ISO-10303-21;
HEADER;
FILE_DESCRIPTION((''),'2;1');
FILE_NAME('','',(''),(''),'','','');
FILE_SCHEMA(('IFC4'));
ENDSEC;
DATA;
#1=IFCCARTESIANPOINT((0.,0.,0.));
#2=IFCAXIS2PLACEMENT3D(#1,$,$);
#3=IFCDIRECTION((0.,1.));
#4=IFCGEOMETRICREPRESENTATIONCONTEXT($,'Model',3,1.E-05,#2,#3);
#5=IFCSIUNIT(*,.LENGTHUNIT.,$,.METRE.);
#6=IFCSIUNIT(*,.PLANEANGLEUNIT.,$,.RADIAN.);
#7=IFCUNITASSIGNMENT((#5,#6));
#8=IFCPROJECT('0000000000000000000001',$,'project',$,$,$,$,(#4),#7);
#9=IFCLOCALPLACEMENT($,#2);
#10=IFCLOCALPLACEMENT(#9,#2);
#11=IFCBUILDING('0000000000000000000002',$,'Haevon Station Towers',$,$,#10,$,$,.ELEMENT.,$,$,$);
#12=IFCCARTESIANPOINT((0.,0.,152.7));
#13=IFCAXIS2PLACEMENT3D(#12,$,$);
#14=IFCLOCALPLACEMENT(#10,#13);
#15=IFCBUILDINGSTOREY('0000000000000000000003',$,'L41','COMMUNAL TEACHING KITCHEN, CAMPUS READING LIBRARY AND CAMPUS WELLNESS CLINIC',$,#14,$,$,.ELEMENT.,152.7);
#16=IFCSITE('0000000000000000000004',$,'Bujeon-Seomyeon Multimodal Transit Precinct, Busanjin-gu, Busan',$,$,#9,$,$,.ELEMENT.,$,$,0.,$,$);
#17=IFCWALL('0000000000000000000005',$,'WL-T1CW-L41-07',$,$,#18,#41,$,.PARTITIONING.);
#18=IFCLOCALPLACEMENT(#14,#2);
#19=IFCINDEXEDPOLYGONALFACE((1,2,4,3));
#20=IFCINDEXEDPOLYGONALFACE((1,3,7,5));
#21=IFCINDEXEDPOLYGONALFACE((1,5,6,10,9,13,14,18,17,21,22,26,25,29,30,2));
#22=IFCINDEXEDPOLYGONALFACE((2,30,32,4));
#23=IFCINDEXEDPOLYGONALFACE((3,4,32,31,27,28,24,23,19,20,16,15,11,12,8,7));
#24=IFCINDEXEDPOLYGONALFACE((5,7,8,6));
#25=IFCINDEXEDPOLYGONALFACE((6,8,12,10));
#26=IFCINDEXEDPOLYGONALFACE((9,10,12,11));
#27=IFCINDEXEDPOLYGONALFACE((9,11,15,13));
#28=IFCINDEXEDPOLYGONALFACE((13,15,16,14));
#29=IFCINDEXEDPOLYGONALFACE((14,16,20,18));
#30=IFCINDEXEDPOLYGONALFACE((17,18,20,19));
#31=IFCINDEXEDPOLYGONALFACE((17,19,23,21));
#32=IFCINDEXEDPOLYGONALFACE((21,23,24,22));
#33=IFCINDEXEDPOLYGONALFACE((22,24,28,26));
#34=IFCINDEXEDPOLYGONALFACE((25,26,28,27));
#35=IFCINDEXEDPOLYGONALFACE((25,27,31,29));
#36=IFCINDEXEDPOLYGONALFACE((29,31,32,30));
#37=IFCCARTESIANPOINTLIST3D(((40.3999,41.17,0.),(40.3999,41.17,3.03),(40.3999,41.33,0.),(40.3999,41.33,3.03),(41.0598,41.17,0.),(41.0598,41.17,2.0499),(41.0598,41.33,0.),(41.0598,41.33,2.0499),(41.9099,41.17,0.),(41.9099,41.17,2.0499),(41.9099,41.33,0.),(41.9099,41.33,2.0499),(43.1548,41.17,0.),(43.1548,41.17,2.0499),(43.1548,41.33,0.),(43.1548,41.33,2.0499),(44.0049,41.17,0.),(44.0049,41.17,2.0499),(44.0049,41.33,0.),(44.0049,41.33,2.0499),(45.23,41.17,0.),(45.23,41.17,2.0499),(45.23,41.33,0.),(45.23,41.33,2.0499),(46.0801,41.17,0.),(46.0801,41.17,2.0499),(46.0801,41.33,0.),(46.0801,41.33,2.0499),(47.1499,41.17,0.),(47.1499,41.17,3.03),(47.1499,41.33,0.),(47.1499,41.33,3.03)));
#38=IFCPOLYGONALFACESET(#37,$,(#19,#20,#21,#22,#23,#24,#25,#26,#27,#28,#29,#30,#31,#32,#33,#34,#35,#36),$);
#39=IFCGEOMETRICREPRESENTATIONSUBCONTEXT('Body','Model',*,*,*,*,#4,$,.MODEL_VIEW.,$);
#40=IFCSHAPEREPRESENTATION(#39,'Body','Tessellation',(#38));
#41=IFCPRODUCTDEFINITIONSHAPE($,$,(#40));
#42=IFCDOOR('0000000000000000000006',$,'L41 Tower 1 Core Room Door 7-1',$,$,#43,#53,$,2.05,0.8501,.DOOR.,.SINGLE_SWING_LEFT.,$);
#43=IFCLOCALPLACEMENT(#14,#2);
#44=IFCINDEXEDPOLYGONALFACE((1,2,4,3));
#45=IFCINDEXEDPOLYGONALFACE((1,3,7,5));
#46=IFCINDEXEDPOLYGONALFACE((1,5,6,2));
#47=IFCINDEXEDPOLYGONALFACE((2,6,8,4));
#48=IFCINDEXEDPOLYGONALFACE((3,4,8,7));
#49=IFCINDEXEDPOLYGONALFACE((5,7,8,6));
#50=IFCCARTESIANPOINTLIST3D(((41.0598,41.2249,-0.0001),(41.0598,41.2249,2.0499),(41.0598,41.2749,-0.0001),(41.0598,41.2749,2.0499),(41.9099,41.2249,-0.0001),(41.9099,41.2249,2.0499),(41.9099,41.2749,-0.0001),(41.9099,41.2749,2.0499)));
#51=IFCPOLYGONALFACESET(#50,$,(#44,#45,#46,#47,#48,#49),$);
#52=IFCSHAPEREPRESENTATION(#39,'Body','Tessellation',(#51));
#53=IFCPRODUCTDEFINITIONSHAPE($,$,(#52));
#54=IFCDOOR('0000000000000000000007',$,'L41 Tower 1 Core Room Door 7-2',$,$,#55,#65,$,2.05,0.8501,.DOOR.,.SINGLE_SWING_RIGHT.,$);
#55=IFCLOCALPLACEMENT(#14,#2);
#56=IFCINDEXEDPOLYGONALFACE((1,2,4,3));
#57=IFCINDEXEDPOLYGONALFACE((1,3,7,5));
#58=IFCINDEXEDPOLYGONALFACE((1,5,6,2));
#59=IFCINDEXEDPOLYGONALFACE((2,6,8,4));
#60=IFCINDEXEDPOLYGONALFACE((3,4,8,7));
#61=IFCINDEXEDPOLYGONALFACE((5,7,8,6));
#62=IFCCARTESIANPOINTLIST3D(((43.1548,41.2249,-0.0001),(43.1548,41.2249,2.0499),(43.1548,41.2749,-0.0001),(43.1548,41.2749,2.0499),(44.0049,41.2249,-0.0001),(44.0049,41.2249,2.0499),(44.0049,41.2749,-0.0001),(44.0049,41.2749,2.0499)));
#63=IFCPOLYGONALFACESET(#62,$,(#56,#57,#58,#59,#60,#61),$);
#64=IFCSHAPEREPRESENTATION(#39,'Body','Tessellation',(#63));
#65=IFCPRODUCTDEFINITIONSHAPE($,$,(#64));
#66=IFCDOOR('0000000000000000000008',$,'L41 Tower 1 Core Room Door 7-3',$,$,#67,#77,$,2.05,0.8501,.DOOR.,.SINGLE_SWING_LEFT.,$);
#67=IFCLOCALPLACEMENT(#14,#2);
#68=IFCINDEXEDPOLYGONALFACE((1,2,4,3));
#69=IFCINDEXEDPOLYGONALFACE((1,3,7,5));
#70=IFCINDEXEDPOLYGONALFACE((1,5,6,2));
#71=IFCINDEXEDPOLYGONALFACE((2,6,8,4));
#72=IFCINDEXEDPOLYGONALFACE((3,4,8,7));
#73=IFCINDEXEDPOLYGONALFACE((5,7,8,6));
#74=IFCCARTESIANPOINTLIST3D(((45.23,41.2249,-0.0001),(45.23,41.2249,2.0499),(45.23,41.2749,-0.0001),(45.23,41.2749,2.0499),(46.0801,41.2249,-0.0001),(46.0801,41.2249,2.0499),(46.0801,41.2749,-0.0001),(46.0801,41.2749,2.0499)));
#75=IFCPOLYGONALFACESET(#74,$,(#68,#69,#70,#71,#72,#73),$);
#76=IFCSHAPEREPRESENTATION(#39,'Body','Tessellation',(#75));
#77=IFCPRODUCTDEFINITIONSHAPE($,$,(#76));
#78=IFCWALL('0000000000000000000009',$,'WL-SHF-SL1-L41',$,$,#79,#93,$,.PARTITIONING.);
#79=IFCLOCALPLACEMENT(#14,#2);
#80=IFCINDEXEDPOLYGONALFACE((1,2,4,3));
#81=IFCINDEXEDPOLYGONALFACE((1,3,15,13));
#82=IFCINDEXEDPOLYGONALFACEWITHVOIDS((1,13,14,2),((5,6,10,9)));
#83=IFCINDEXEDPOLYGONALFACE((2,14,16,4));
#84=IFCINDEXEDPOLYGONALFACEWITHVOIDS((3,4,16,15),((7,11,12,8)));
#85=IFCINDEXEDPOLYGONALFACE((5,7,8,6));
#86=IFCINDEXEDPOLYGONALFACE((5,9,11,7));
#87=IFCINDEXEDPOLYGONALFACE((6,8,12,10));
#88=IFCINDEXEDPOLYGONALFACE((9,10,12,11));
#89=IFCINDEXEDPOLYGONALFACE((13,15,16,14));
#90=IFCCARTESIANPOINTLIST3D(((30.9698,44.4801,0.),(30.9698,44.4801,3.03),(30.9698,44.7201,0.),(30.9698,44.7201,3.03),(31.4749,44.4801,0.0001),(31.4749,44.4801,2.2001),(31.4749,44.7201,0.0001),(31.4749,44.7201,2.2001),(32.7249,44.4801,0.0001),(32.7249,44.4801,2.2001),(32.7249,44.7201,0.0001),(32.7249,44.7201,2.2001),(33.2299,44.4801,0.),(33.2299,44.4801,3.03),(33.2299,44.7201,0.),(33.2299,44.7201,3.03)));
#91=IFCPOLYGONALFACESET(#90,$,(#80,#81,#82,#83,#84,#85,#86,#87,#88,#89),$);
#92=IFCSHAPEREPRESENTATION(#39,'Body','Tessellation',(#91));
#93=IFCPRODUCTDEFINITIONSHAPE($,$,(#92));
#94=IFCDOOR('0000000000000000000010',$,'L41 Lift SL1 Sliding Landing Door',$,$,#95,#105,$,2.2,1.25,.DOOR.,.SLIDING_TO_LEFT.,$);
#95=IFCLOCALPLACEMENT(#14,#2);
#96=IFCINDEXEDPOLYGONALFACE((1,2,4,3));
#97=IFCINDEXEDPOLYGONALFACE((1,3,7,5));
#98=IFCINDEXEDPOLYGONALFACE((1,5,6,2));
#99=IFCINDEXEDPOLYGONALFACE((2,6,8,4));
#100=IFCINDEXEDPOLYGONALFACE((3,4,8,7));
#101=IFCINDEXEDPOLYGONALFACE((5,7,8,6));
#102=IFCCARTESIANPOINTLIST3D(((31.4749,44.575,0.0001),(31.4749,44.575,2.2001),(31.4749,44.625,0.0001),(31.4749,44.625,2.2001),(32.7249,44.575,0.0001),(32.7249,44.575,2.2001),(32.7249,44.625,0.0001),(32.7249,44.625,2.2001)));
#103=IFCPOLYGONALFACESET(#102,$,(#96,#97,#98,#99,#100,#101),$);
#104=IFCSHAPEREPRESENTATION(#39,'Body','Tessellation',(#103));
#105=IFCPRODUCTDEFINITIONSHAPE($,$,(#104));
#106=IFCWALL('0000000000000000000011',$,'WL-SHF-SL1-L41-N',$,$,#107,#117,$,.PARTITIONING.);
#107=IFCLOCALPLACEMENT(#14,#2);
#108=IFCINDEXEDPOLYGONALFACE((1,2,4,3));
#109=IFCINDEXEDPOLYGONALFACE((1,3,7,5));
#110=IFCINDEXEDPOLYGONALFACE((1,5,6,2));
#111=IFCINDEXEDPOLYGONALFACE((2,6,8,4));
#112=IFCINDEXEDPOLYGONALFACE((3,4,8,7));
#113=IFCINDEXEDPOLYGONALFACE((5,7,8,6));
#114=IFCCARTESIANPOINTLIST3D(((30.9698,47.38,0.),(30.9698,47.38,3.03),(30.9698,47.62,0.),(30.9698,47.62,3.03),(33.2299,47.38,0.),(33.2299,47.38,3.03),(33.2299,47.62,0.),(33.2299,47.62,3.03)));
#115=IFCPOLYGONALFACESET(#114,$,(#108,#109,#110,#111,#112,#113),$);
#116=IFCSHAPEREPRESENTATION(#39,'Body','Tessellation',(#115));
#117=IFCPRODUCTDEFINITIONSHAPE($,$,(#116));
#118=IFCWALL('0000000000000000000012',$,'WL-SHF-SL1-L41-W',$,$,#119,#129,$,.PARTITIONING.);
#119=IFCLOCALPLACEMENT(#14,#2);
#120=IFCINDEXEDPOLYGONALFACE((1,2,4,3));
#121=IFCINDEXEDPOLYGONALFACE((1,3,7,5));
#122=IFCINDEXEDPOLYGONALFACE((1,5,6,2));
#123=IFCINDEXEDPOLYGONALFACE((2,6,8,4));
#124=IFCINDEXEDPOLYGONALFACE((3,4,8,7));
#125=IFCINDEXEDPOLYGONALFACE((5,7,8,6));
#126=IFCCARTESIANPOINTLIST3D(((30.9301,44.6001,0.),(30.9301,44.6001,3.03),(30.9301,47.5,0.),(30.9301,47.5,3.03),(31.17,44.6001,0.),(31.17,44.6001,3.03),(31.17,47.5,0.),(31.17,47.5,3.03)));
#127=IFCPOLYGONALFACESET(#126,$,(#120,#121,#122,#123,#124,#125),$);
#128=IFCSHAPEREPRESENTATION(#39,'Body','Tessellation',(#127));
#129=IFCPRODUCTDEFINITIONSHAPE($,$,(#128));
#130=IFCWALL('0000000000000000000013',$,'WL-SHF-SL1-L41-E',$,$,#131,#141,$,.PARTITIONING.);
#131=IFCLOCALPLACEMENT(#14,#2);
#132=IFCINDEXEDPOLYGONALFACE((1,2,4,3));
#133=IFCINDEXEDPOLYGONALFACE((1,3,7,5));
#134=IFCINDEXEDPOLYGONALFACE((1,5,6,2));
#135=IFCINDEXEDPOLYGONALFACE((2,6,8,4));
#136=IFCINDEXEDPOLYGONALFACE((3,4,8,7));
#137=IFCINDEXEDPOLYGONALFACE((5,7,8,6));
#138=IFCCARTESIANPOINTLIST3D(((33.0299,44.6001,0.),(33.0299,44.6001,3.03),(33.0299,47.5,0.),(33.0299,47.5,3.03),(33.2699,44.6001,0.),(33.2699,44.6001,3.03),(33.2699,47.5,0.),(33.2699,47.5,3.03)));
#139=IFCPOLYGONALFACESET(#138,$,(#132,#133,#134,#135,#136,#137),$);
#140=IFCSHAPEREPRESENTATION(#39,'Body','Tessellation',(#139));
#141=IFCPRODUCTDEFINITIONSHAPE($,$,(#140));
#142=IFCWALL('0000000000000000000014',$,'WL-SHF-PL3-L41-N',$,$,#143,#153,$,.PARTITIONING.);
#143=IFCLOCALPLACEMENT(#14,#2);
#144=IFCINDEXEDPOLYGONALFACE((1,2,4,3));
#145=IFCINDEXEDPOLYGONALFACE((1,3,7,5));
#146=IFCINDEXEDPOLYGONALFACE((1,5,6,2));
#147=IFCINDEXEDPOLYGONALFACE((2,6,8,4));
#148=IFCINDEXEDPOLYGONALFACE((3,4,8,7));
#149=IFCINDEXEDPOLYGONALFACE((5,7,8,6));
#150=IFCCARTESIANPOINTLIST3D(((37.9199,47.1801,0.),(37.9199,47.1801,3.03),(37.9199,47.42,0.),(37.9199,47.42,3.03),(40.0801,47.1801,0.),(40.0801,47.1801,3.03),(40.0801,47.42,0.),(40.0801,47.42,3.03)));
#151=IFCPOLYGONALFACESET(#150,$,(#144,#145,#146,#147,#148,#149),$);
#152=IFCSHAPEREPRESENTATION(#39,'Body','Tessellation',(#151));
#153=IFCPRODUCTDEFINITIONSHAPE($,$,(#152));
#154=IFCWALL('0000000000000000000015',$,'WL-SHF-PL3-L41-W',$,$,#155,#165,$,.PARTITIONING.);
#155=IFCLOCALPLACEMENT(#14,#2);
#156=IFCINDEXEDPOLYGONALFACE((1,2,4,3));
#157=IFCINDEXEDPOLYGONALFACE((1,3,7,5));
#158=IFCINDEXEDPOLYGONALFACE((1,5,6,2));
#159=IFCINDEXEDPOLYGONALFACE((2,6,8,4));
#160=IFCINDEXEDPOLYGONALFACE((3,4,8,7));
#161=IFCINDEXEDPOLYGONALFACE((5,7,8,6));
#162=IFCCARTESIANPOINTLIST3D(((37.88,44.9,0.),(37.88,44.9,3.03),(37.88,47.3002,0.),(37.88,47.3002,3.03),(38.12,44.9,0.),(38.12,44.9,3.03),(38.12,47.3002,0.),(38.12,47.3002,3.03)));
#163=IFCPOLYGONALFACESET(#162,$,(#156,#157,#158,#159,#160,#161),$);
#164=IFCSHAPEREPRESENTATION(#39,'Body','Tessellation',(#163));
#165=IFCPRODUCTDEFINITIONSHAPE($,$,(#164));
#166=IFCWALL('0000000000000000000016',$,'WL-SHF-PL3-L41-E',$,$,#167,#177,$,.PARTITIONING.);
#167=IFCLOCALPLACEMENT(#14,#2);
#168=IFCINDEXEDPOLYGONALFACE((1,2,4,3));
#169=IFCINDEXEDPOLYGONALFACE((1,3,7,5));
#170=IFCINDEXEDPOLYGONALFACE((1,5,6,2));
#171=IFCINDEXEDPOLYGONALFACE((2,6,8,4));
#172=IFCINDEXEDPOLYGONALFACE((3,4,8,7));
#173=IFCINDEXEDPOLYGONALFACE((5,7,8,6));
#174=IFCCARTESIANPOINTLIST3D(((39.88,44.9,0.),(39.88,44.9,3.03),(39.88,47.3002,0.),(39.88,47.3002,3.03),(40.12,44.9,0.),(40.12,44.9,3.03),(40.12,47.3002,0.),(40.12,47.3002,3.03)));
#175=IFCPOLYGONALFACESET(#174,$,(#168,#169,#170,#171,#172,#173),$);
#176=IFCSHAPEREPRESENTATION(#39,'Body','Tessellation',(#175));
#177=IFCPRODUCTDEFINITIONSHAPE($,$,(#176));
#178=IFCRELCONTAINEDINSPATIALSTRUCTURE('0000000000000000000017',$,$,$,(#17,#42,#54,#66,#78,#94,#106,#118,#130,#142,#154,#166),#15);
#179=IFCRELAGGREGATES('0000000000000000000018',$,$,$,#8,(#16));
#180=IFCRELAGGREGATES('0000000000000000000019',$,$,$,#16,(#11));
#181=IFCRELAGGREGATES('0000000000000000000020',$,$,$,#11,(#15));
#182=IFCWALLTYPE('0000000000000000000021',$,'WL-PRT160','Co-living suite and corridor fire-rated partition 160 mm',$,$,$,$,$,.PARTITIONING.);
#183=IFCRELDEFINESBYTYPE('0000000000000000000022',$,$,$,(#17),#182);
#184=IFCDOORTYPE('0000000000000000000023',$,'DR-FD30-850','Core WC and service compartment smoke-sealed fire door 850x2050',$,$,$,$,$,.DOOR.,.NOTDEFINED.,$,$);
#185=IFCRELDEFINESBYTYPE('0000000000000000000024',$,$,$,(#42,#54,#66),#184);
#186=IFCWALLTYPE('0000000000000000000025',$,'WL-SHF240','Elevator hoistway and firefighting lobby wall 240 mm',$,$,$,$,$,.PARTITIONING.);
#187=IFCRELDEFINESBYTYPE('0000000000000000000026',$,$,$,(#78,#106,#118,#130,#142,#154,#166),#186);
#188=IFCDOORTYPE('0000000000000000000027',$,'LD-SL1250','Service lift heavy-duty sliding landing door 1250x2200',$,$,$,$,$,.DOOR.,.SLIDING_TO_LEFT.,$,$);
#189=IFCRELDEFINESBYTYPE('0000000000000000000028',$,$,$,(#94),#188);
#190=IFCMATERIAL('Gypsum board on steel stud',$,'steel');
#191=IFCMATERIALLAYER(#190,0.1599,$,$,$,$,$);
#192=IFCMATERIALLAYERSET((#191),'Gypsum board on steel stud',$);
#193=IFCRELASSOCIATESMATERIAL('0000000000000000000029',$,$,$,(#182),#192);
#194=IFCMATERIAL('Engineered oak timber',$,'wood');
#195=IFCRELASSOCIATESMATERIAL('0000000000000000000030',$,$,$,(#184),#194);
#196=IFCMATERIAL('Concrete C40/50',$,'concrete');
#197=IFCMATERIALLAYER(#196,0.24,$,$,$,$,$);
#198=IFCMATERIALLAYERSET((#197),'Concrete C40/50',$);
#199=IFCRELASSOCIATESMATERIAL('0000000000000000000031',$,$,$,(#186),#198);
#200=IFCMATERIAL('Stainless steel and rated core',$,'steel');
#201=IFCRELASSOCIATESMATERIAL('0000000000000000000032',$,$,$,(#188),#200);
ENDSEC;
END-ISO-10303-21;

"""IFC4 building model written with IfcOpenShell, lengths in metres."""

from ifc_helpers import new_model, si_unit, direction, frame, frame_2d, origin, place, context, subcontext, project, spatial, rectangle, extrude, material, layer, layer_set, type_object, element, fill, save


model = new_model("IFC4")

# Units and contexts
model_context = context("Model", 3, precision=1e-05, world=origin(), true_north=direction((0.0, 1.0)))
body_context = subcontext(model_context, "Body", "Model", "MODEL_VIEW")
ifc_project = project(units=[si_unit("LENGTHUNIT", "METRE"), si_unit("PLANEANGLEUNIT", "RADIAN")], contexts=[model_context])

# Site, building, storey
site_placement = place(None, origin())
site = spatial("IfcSite", under=ifc_project, at=site_placement, Name="Bujeon-Seomyeon Multimodal Transit Precinct, Busanjin-gu, Busan", CompositionType="ELEMENT", RefElevation=0.0)
building_placement = place(site_placement, origin())
building = spatial("IfcBuilding", under=site, at=building_placement, Name="Haevon Station Towers", CompositionType="ELEMENT")
storey_placement = place(building_placement, frame((0.0, 0.0, 152.7)))
storey = spatial("IfcBuildingStorey", under=building, at=storey_placement, Name="L41", Description="COMMUNAL TEACHING KITCHEN, CAMPUS READING LIBRARY AND CAMPUS WELLNESS CLINIC", CompositionType="ELEMENT", Elevation=152.7)

# Shared definitions
ifc_material_1 = material(Name="Gypsum board on steel stud", Category="steel")
ifc_layer_1 = layer(ifc_material_1, 0.1599)
ifc_layer_set_1 = layer_set([ifc_layer_1], Name="Gypsum board on steel stud")
wall_type_1 = type_object("IfcWallType", Name="WL-PRT160", Description="Co-living suite and corridor fire-rated partition 160 mm", PredefinedType="PARTITIONING", material=ifc_layer_set_1)
ifc_material_2 = material(Name="Engineered oak timber", Category="wood")

# Wall, openings, doors
wall_1_placement = place(storey_placement, frame((40.3999, 41.25, 0.0), z_axis=(0.0, 0.0, 1.0), x_axis=(1.0, 0.0, 0.0)))
wall_1 = element("IfcWall", 1, at=wall_1_placement, inside=storey, type_object=wall_type_1, Name="WL-T1CW-L41-07", PredefinedType="PARTITIONING", context=body_context, shape_type="SweptSolid", body=[
    extrude(rectangle(XDim=6.75, YDim=0.1599, at=frame_2d((3.375, 0.0))), origin(), (0.0, 0.0, 1.0), 3.03),
])
opening_1_placement = place(wall_1_placement, frame((0.6599, 0.0, 0.0)))
opening_1 = element("IfcOpeningElement", 2, at=opening_1_placement, cuts=wall_1, PredefinedType="OPENING", context=body_context, shape_type="SweptSolid", body=[
    extrude(rectangle(XDim=0.8501, YDim=2.05, at=frame_2d((0.425, 1.0249))), frame((0.0, 0.0898, 0.0), z_axis=(0.0, -1.0, 0.0), x_axis=(1.0, 0.0, 0.0)), (0.0, 0.0, 1.0), 0.1799),
])
opening_2_placement = place(wall_1_placement, frame((2.7549, 0.0, 0.0)))
opening_2 = element("IfcOpeningElement", 3, at=opening_2_placement, cuts=wall_1, PredefinedType="OPENING", context=body_context, shape_type="SweptSolid", body=[
    extrude(rectangle(XDim=0.8501, YDim=2.05, at=frame_2d((0.425, 1.0249))), frame((0.0, 0.0898, 0.0), z_axis=(0.0, -1.0, 0.0), x_axis=(1.0, 0.0, 0.0)), (0.0, 0.0, 1.0), 0.1799),
])
opening_3_placement = place(wall_1_placement, frame((4.8301, 0.0, 0.0)))
opening_3 = element("IfcOpeningElement", 4, at=opening_3_placement, cuts=wall_1, PredefinedType="OPENING", context=body_context, shape_type="SweptSolid", body=[
    extrude(rectangle(XDim=0.8501, YDim=2.05, at=frame_2d((0.425, 1.0249))), frame((0.0, 0.0898, 0.0), z_axis=(0.0, -1.0, 0.0), x_axis=(1.0, 0.0, 0.0)), (0.0, 0.0, 1.0), 0.1799),
])
door_type_1 = type_object("IfcDoorType", Name="DR-FD30-850", Description="Core WC and service compartment smoke-sealed fire door 850x2050", OperationType="NOTDEFINED", PredefinedType="DOOR", material=ifc_material_2)
door_1_placement = place(opening_1_placement, origin())
door_1 = element("IfcDoor", 5, at=door_1_placement, inside=storey, type_object=door_type_1, Name="L41 Tower 1 Core Room Door 7-1", OperationType="SINGLE_SWING_LEFT", OverallHeight=2.05, OverallWidth=0.8501, PredefinedType="DOOR", context=body_context, shape_type="SweptSolid", body=[
    extrude(rectangle(XDim=0.8501, YDim=2.05, at=frame_2d((0.425, 1.0249))), frame((0.0, 0.0249, 0.0), z_axis=(0.0, -1.0, 0.0), x_axis=(1.0, 0.0, 0.0)), (0.0, 0.0, 1.0), 0.05),
])
fill(opening_1, door_1)
door_2_placement = place(opening_2_placement, origin())
door_2 = element("IfcDoor", 6, at=door_2_placement, inside=storey, type_object=door_type_1, Name="L41 Tower 1 Core Room Door 7-2", OperationType="SINGLE_SWING_RIGHT", OverallHeight=2.05, OverallWidth=0.8501, PredefinedType="DOOR", context=body_context, shape_type="SweptSolid", body=[
    extrude(rectangle(XDim=0.8501, YDim=2.05, at=frame_2d((0.425, 1.0249))), frame((0.0, 0.0249, 0.0), z_axis=(0.0, -1.0, 0.0), x_axis=(1.0, 0.0, 0.0)), (0.0, 0.0, 1.0), 0.05),
])
fill(opening_2, door_2)
door_3_placement = place(opening_3_placement, origin())
door_3 = element("IfcDoor", 7, at=door_3_placement, inside=storey, type_object=door_type_1, Name="L41 Tower 1 Core Room Door 7-3", OperationType="SINGLE_SWING_LEFT", OverallHeight=2.05, OverallWidth=0.8501, PredefinedType="DOOR", context=body_context, shape_type="SweptSolid", body=[
    extrude(rectangle(XDim=0.8501, YDim=2.05, at=frame_2d((0.425, 1.0249))), frame((0.0, 0.0249, 0.0), z_axis=(0.0, -1.0, 0.0), x_axis=(1.0, 0.0, 0.0)), (0.0, 0.0, 1.0), 0.05),
])
fill(opening_3, door_3)

# Wall, opening, door
ifc_material_3 = material(Name="Concrete C40/50", Category="concrete")
ifc_layer_2 = layer(ifc_material_3, 0.24)
ifc_layer_set_2 = layer_set([ifc_layer_2], Name="Concrete C40/50")
wall_type_2 = type_object("IfcWallType", Name="WL-SHF240", Description="Elevator hoistway and firefighting lobby wall 240 mm", PredefinedType="PARTITIONING", material=ifc_layer_set_2)
wall_2_placement = place(storey_placement, frame((30.97, 44.6001, 0.0), z_axis=(0.0, 0.0, 1.0), x_axis=(1.0, 0.0, 0.0)))
wall_2 = element("IfcWall", 8, at=wall_2_placement, inside=storey, type_object=wall_type_2, Name="WL-SHF-SL1-L41", PredefinedType="PARTITIONING", context=body_context, shape_type="SweptSolid", body=[
    extrude(rectangle(XDim=2.26, YDim=0.24, at=frame_2d((1.1299, 0.0))), origin(), (0.0, 0.0, 1.0), 3.03),
])
opening_4_placement = place(wall_2_placement, frame((0.5049, 0.0, 0.0)))
opening_4 = element("IfcOpeningElement", 9, at=opening_4_placement, cuts=wall_2, PredefinedType="OPENING", context=body_context, shape_type="SweptSolid", body=[
    extrude(rectangle(XDim=1.25, YDim=2.2, at=frame_2d((0.625, 1.1001))), frame((0.0, 0.1299, 0.0), z_axis=(0.0, -1.0, 0.0), x_axis=(1.0, 0.0, 0.0)), (0.0, 0.0, 1.0), 0.26),
])
ifc_material_4 = material(Name="Stainless steel and rated core", Category="steel")
door_type_2 = type_object("IfcDoorType", Name="LD-SL1250", Description="Service lift heavy-duty sliding landing door 1250x2200", OperationType="SLIDING_TO_LEFT", PredefinedType="DOOR", material=ifc_material_4)
door_4_placement = place(opening_4_placement, origin())
door_4 = element("IfcDoor", 10, at=door_4_placement, inside=storey, type_object=door_type_2, Name="L41 Lift SL1 Sliding Landing Door", OperationType="SLIDING_TO_LEFT", OverallHeight=2.2, OverallWidth=1.25, PredefinedType="DOOR", context=body_context, shape_type="SweptSolid", body=[
    extrude(rectangle(XDim=1.25, YDim=2.2, at=frame_2d((0.625, 1.1001))), frame((0.0, 0.0249, 0.0), z_axis=(0.0, -1.0, 0.0), x_axis=(1.0, 0.0, 0.0)), (0.0, 0.0, 1.0), 0.05),
])
fill(opening_4, door_4)

# Walls
wall_3_placement = place(storey_placement, frame((30.97, 47.5, 0.0), z_axis=(0.0, 0.0, 1.0), x_axis=(1.0, 0.0, 0.0)))
element("IfcWall", 11, at=wall_3_placement, inside=storey, type_object=wall_type_2, Name="WL-SHF-SL1-L41-N", PredefinedType="PARTITIONING", context=body_context, shape_type="SweptSolid", body=[
    extrude(rectangle(XDim=2.26, YDim=0.24, at=frame_2d((1.1299, 0.0))), origin(), (0.0, 0.0, 1.0), 3.03),
])
for number, where, z_axis, x_axis, name in (
    (12, (31.05, 44.6001, 0.0), (0.0, 0.0, 1.0), (0.0, 1.0, 0.0), "WL-SHF-SL1-L41-W"),
    (13, (33.1499, 44.6001, 0.0), (0.0, 0.0, 1.0), (0.0, 1.0, 0.0), "WL-SHF-SL1-L41-E"),
):
    element("IfcWall", number, at=place(storey_placement, frame(where, z_axis=z_axis, x_axis=x_axis)), inside=storey, type_object=wall_type_2, Name=name, PredefinedType="PARTITIONING", context=body_context, shape_type="SweptSolid", body=[
        extrude(rectangle(XDim=2.8999, YDim=0.24, at=frame_2d((1.45, 0.0))), origin(), (0.0, 0.0, 1.0), 3.03),
    ])

# Walls
wall_4_placement = place(storey_placement, frame((37.9199, 47.3, 0.0), z_axis=(0.0, 0.0, 1.0), x_axis=(1.0, 0.0, 0.0)))
element("IfcWall", 14, at=wall_4_placement, inside=storey, type_object=wall_type_2, Name="WL-SHF-PL3-L41-N", PredefinedType="PARTITIONING", context=body_context, shape_type="SweptSolid", body=[
    extrude(rectangle(XDim=2.1602, YDim=0.24, at=frame_2d((1.0801, 0.0))), origin(), (0.0, 0.0, 1.0), 3.03),
])
for number, where, z_axis, x_axis, name in (
    (15, (38.0, 44.8999, 0.0), (0.0, 0.0, 1.0), (0.0, 1.0, 0.0), "WL-SHF-PL3-L41-W"),
    (16, (40.0, 44.8999, 0.0), (0.0, 0.0, 1.0), (0.0, 1.0, 0.0), "WL-SHF-PL3-L41-E"),
):
    element("IfcWall", number, at=place(storey_placement, frame(where, z_axis=z_axis, x_axis=x_axis)), inside=storey, type_object=wall_type_2, Name=name, PredefinedType="PARTITIONING", context=body_context, shape_type="SweptSolid", body=[
        extrude(rectangle(XDim=2.4001, YDim=0.24, at=frame_2d((1.2002, 0.0))), origin(), (0.0, 0.0, 1.0), 3.03),
    ])

save(model, "model.ifc")
